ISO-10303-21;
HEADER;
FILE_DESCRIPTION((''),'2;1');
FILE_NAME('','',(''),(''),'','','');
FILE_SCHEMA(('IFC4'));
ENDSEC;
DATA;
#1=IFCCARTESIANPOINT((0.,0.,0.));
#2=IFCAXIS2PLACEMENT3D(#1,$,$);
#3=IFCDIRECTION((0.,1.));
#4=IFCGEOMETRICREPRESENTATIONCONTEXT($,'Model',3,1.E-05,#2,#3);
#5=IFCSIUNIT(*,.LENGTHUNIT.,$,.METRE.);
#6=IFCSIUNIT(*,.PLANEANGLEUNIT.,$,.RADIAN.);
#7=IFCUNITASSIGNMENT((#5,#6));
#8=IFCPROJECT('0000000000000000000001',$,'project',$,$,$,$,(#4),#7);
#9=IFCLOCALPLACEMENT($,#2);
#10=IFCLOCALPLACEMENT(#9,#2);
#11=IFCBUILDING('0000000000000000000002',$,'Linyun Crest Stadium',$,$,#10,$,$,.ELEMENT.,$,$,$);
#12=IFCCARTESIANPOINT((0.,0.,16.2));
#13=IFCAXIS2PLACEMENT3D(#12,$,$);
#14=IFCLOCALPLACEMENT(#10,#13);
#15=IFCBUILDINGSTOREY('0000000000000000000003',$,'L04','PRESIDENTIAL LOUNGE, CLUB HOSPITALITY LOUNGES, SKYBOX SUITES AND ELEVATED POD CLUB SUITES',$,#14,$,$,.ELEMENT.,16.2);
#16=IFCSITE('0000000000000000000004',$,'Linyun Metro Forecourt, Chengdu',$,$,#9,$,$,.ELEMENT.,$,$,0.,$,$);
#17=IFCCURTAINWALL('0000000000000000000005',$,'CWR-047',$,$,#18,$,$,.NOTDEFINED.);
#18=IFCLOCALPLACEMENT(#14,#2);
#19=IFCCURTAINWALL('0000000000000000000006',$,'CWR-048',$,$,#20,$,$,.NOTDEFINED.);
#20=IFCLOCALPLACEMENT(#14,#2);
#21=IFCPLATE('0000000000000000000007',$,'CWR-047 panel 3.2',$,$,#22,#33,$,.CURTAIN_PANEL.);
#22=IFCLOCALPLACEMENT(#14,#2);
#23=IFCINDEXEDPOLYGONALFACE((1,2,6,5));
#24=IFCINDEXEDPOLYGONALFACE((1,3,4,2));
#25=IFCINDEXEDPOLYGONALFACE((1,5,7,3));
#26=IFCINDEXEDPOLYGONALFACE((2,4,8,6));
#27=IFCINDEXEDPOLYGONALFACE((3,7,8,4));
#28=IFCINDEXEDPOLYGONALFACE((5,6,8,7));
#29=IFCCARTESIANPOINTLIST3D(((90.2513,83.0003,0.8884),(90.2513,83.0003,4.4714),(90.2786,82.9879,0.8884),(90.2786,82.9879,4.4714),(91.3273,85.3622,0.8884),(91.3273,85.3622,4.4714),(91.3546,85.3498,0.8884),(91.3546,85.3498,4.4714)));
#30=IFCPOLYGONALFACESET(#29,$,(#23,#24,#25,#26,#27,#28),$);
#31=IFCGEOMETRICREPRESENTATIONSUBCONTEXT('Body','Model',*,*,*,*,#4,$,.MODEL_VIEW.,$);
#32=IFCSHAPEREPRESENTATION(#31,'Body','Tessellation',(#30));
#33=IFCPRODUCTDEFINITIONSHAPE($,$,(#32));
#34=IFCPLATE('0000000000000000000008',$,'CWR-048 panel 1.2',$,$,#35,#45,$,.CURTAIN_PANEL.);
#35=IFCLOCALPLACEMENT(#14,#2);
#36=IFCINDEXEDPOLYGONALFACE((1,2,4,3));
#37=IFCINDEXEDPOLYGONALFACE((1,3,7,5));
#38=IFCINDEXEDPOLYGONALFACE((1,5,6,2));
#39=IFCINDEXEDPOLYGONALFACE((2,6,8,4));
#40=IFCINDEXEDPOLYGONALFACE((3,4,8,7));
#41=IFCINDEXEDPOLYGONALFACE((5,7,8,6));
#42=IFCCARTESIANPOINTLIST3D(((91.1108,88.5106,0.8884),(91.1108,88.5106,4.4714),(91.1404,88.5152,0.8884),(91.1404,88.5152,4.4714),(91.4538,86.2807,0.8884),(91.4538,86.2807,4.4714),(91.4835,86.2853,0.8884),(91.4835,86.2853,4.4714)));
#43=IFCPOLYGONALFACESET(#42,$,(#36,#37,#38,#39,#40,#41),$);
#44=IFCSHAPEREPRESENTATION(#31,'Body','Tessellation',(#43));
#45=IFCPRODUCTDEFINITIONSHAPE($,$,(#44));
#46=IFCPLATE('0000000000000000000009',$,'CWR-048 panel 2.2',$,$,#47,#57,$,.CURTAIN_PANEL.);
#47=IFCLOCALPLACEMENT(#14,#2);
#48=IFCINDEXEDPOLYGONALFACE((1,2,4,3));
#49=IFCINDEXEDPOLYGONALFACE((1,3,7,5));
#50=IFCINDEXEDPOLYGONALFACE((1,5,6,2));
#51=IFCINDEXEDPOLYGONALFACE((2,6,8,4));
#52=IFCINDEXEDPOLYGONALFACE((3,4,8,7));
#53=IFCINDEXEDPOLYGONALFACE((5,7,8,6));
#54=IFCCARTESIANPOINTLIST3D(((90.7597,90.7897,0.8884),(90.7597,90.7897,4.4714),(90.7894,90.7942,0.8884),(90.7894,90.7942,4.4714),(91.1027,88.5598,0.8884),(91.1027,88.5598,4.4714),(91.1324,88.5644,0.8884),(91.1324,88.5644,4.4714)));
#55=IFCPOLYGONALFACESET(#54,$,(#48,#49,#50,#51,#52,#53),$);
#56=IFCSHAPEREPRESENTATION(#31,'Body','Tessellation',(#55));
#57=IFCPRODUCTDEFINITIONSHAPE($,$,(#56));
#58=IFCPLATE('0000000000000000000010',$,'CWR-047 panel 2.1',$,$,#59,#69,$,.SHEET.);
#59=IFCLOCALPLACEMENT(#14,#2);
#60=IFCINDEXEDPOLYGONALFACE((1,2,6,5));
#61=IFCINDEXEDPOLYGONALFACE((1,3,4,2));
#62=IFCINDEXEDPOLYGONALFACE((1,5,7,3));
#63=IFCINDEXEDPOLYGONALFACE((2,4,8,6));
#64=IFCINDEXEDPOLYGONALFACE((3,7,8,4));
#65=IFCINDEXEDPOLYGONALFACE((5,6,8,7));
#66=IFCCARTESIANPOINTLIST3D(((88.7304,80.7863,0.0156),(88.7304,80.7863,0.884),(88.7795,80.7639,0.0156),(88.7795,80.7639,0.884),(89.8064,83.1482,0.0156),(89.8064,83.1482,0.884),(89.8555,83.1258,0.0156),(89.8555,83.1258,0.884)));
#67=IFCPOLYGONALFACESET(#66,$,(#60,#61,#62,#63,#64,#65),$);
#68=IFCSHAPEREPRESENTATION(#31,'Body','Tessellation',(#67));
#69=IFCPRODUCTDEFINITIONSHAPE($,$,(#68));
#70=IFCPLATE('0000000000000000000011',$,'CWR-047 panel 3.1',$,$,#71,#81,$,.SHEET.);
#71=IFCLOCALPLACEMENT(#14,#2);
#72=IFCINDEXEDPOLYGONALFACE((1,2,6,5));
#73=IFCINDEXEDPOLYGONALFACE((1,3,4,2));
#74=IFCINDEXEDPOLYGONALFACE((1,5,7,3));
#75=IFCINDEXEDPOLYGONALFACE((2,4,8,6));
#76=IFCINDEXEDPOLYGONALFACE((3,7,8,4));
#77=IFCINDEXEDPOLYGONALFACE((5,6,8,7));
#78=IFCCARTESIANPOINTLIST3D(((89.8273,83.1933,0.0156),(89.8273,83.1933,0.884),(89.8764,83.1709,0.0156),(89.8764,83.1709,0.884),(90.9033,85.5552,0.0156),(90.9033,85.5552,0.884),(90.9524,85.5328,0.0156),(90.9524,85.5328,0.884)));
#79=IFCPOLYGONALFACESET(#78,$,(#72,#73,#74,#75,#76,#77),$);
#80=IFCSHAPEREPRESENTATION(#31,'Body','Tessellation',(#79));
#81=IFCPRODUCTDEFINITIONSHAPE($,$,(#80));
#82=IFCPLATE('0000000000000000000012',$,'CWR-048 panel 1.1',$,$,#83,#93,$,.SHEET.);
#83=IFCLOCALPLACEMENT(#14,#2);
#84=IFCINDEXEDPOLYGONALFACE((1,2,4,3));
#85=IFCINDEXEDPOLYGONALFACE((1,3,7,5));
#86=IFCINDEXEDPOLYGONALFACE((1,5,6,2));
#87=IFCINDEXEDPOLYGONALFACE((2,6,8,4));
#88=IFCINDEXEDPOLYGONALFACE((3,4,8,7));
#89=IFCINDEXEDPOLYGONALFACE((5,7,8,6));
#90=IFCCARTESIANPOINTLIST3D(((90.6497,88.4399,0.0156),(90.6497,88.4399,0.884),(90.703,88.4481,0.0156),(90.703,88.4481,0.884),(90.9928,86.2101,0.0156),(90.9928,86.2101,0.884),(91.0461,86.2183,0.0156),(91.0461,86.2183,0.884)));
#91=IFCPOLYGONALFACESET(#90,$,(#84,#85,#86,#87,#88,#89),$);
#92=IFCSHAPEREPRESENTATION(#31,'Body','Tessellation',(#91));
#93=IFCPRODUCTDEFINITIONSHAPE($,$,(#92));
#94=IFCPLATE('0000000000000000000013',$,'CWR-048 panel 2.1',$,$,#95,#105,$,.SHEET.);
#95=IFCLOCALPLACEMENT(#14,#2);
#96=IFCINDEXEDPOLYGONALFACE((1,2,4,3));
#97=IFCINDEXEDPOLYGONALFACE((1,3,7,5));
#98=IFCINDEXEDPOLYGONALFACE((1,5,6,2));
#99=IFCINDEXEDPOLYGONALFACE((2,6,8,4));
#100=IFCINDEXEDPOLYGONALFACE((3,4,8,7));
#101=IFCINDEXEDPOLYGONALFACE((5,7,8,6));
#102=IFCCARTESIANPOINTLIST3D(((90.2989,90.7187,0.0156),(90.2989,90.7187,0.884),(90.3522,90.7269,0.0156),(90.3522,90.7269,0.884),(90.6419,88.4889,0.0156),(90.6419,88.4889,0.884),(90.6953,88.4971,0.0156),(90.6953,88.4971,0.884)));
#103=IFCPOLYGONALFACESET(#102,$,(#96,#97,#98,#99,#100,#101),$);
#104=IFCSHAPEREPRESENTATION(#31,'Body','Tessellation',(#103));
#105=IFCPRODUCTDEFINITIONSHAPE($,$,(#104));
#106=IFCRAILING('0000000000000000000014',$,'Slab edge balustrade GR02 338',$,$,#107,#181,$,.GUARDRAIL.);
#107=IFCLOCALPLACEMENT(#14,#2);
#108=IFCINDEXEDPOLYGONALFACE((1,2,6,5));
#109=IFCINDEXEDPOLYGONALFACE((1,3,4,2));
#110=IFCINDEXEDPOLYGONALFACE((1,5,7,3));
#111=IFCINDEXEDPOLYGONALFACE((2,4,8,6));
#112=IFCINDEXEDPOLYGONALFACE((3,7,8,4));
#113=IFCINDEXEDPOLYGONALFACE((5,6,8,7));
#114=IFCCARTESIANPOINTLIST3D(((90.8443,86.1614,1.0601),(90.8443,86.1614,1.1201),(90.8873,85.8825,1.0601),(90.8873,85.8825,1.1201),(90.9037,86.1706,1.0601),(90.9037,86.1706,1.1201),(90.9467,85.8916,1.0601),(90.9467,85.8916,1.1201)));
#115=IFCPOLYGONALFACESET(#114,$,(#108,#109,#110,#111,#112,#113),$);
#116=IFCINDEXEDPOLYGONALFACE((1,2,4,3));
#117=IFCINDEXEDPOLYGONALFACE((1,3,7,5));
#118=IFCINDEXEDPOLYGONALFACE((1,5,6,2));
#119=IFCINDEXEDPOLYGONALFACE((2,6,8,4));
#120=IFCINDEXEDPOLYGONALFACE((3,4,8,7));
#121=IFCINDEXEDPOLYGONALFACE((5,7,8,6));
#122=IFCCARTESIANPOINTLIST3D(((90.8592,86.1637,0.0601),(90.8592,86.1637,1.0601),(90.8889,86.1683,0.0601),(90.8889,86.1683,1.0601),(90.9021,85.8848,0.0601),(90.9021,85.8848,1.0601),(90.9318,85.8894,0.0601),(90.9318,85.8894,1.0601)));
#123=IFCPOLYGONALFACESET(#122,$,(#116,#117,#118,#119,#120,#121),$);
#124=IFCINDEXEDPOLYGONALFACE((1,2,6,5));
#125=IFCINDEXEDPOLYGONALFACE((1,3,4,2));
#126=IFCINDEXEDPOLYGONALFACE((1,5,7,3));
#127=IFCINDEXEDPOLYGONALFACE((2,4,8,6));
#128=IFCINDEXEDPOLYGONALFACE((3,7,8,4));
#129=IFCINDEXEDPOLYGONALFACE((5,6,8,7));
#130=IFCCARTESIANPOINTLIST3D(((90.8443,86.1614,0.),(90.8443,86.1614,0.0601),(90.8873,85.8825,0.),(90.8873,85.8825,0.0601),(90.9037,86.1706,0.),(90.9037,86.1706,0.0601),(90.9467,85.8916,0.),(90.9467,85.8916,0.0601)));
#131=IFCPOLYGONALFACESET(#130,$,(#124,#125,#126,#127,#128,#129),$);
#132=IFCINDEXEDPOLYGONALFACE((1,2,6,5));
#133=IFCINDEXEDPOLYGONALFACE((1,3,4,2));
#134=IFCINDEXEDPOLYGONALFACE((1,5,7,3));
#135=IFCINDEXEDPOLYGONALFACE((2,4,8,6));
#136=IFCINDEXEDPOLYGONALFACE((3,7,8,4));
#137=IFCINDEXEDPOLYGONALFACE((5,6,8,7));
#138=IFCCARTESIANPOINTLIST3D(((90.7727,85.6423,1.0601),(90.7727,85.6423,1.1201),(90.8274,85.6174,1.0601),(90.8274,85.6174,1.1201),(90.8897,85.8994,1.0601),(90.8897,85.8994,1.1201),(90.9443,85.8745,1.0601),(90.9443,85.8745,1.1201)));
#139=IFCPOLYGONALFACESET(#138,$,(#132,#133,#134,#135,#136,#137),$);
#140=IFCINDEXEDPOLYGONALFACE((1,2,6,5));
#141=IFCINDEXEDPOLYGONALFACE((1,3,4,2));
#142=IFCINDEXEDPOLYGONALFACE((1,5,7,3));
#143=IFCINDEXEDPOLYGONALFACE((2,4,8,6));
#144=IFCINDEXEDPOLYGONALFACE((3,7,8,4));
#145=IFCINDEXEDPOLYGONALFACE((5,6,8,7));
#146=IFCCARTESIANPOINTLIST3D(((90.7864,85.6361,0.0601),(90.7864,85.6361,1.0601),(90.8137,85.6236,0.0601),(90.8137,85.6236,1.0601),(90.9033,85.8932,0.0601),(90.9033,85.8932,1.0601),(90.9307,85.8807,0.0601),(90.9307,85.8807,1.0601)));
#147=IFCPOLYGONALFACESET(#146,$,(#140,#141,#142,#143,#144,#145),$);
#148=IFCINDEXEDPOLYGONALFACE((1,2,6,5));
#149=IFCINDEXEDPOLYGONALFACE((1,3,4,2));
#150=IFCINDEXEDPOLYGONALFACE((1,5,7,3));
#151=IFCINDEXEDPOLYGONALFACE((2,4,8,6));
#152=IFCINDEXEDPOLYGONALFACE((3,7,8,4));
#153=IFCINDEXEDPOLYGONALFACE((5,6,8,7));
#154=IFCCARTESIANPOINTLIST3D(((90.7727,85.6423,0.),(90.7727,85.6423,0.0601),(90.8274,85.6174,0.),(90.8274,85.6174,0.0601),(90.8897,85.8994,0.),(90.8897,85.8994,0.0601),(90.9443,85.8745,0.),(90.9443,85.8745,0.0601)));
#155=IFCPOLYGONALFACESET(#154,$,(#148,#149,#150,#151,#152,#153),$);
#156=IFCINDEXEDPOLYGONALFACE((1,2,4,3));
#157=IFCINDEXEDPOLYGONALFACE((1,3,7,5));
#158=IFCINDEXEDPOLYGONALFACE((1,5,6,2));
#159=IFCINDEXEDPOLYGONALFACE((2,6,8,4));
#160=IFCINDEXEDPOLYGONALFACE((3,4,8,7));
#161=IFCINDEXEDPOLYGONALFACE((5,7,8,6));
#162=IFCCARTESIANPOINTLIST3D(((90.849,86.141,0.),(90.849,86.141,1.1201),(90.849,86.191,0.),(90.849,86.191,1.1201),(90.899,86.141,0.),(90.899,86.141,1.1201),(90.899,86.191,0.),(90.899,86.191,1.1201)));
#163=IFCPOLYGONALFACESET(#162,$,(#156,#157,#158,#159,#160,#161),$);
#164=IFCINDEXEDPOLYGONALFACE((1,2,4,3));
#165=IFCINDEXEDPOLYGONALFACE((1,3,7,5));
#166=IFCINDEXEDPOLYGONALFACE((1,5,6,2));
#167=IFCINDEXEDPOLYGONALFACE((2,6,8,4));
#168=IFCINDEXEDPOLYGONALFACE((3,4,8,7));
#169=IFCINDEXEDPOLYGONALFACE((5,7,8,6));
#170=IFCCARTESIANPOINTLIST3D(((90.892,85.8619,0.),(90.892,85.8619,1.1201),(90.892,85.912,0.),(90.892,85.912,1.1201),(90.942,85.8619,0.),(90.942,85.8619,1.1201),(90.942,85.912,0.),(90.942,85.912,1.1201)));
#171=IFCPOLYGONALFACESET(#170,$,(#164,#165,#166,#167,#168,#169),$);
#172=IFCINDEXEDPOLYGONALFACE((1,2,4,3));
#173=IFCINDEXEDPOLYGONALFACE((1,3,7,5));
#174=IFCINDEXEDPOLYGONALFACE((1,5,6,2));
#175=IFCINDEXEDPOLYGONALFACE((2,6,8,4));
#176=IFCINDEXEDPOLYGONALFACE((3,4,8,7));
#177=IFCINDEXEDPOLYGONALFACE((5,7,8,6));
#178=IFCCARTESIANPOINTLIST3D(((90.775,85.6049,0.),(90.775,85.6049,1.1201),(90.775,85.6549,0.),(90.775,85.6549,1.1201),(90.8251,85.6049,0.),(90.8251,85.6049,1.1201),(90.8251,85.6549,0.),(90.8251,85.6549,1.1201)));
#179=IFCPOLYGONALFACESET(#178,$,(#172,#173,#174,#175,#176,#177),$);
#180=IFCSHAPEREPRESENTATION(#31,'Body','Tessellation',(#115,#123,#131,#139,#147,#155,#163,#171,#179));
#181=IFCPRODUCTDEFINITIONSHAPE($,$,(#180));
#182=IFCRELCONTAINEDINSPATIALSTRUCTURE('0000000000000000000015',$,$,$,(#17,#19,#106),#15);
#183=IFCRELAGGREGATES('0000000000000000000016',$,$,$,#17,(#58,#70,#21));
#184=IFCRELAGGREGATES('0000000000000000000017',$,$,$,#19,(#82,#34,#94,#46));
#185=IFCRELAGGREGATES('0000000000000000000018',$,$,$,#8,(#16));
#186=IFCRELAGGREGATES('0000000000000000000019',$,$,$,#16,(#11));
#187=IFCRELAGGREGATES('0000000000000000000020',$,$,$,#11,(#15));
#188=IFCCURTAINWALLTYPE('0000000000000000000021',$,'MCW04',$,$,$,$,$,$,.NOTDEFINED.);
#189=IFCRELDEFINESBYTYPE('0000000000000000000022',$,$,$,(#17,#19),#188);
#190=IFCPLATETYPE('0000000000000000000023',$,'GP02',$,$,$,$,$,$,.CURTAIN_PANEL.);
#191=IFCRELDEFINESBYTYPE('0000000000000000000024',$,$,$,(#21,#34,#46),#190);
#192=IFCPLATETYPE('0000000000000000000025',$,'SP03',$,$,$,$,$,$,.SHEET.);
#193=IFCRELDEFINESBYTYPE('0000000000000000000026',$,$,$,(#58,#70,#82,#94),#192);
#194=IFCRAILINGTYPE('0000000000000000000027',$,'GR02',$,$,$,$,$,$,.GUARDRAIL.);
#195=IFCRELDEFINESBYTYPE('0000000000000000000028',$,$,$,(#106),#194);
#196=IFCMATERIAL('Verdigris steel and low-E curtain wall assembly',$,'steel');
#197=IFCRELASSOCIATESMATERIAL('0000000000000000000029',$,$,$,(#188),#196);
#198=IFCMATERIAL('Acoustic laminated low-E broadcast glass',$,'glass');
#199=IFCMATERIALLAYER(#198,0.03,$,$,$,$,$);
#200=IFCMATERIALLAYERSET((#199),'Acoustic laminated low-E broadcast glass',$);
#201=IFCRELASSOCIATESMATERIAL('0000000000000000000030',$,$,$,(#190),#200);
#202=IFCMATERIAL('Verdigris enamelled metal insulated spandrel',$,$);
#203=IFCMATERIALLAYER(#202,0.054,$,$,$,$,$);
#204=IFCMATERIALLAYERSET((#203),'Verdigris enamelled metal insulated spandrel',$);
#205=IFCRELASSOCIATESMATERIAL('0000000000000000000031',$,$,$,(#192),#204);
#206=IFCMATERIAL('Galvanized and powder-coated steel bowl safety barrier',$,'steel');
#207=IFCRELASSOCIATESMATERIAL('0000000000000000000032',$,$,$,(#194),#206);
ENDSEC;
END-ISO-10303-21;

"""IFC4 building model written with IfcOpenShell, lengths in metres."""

from ifc_helpers import new_model, si_unit, direction, frame, origin, origin_2d, place, context, subcontext, project, spatial, rectangle, extrude, material, layer, layer_set, type_object, element, aggregate, save


model = new_model("IFC4")

# Units and contexts
model_context = context("Model", 3, precision=1e-05, world=origin(), true_north=direction((0.0, 1.0)))
body_context = subcontext(model_context, "Body", "Model", "MODEL_VIEW")
ifc_project = project(units=[si_unit("LENGTHUNIT", "METRE"), si_unit("PLANEANGLEUNIT", "RADIAN")], contexts=[model_context])

# Site, building, storey
site_placement = place(None, origin())
site = spatial("IfcSite", under=ifc_project, at=site_placement, Name="Linyun Metro Forecourt, Chengdu", CompositionType="ELEMENT", RefElevation=0.0)
building_placement = place(site_placement, origin())
building = spatial("IfcBuilding", under=site, at=building_placement, Name="Linyun Crest Stadium", CompositionType="ELEMENT")
storey_placement = place(building_placement, frame((0.0, 0.0, 16.2)))
storey = spatial("IfcBuildingStorey", under=building, at=storey_placement, Name="L04", Description="PRESIDENTIAL LOUNGE, CLUB HOSPITALITY LOUNGES, SKYBOX SUITES AND ELEVATED POD CLUB SUITES", CompositionType="ELEMENT", Elevation=16.2)

# Curtain walls
ifc_material_1 = material(Name="Verdigris steel and low-E curtain wall assembly", Category="steel")
curtain_wall_type = type_object("IfcCurtainWallType", Name="MCW04", PredefinedType="NOTDEFINED", material=ifc_material_1)
curtain_wall_1_placement = place(storey_placement, origin())
curtain_wall_1 = element("IfcCurtainWall", 1, at=curtain_wall_1_placement, inside=storey, type_object=curtain_wall_type, Name="CWR-047", PredefinedType="NOTDEFINED")
curtain_wall_2_placement = place(storey_placement, origin())
curtain_wall_2 = element("IfcCurtainWall", 2, at=curtain_wall_2_placement, inside=storey, type_object=curtain_wall_type, Name="CWR-048", PredefinedType="NOTDEFINED")

# Plates
ifc_material_2 = material(Name="Acoustic laminated low-E broadcast glass", Category="glass")
ifc_layer_1 = layer(ifc_material_2, 0.03)
ifc_layer_set_1 = layer_set([ifc_layer_1], Name="Acoustic laminated low-E broadcast glass")
plate_type_1 = type_object("IfcPlateType", Name="GP02", PredefinedType="CURTAIN_PANEL", material=ifc_layer_set_1)
plate_1_placement = place(storey_placement, frame((90.803, 84.175, 0.8884), z_axis=(0.0, 0.0, 1.0), x_axis=(0.414566, 0.910019, 0.0)))
plate_1 = element("IfcPlate", 3, at=plate_1_placement, type_object=plate_type_1, Name="CWR-047 panel 3.2", PredefinedType="CURTAIN_PANEL", context=body_context, shape_type="SweptSolid", body=[
    extrude(rectangle(XDim=2.5955, YDim=0.03, at=origin_2d()), origin(), (0.0, 0.0, 1.0), 3.583),
])
plate_2_placement = place(storey_placement, frame((91.2971, 87.3979, 0.8884), z_axis=(0.0, 0.0, 1.0), x_axis=(-0.152054, 0.988372, 0.0)))
plate_2 = element("IfcPlate", 4, at=plate_2_placement, type_object=plate_type_1, Name="CWR-048 panel 1.2", PredefinedType="CURTAIN_PANEL", context=body_context, shape_type="SweptSolid", body=[
    extrude(rectangle(XDim=2.2561, YDim=0.03, at=origin_2d()), origin(), (0.0, 0.0, 1.0), 3.583),
])
plate_3_placement = place(storey_placement, frame((90.946, 89.677, 0.8884), z_axis=(0.0, 0.0, 1.0), x_axis=(-0.152054, 0.988372, 0.0)))
plate_3 = element("IfcPlate", 5, at=plate_3_placement, type_object=plate_type_1, Name="CWR-048 panel 2.2", PredefinedType="CURTAIN_PANEL", context=body_context, shape_type="SweptSolid", body=[
    extrude(rectangle(XDim=2.2561, YDim=0.03, at=origin_2d()), origin(), (0.0, 0.0, 1.0), 3.583),
])
ifc_material_3 = material(Name="Verdigris enamelled metal insulated spandrel")
ifc_layer_2 = layer(ifc_material_3, 0.054)
ifc_layer_set_2 = layer_set([ifc_layer_2], Name="Verdigris enamelled metal insulated spandrel")
plate_type_2 = type_object("IfcPlateType", Name="SP03", PredefinedType="SHEET", material=ifc_layer_set_2)
plate_4_placement = place(storey_placement, frame((89.293, 81.9561, 0.0156), z_axis=(0.0, 0.0, 1.0), x_axis=(0.414566, 0.910019, 0.0)))
plate_4 = element("IfcPlate", 6, at=plate_4_placement, type_object=plate_type_2, Name="CWR-047 panel 2.1", PredefinedType="SHEET", context=body_context, shape_type="SweptSolid", body=[
    extrude(rectangle(XDim=2.5955, YDim=0.054, at=origin_2d()), origin(), (0.0, 0.0, 1.0), 0.8684),
])
plate_5_placement = place(storey_placement, frame((90.3899, 84.363, 0.0156), z_axis=(0.0, 0.0, 1.0), x_axis=(0.414566, 0.910019, 0.0)))
plate_5 = element("IfcPlate", 7, at=plate_5_placement, type_object=plate_type_2, Name="CWR-047 panel 3.1", PredefinedType="SHEET", context=body_context, shape_type="SweptSolid", body=[
    extrude(rectangle(XDim=2.5955, YDim=0.054, at=origin_2d()), origin(), (0.0, 0.0, 1.0), 0.8684),
])
aggregate(curtain_wall_1, [plate_4, plate_5, plate_1])
plate_6_placement = place(storey_placement, frame((90.8479, 87.3291, 0.0156), z_axis=(0.0, 0.0, 1.0), x_axis=(-0.152054, 0.988372, 0.0)))
plate_6 = element("IfcPlate", 8, at=plate_6_placement, type_object=plate_type_2, Name="CWR-048 panel 1.1", PredefinedType="SHEET", context=body_context, shape_type="SweptSolid", body=[
    extrude(rectangle(XDim=2.2561, YDim=0.054, at=origin_2d()), origin(), (0.0, 0.0, 1.0), 0.8684),
])
plate_7_placement = place(storey_placement, frame((90.4971, 89.6079, 0.0156), z_axis=(0.0, 0.0, 1.0), x_axis=(-0.152054, 0.988372, 0.0)))
plate_7 = element("IfcPlate", 9, at=plate_7_placement, type_object=plate_type_2, Name="CWR-048 panel 2.1", PredefinedType="SHEET", context=body_context, shape_type="SweptSolid", body=[
    extrude(rectangle(XDim=2.2561, YDim=0.054, at=origin_2d()), origin(), (0.0, 0.0, 1.0), 0.8684),
])
aggregate(curtain_wall_2, [plate_6, plate_2, plate_7, plate_3])

# Railing
ifc_material_4 = material(Name="Galvanized and powder-coated steel bowl safety barrier", Category="steel")
railing_type = type_object("IfcRailingType", Name="GR02", PredefinedType="GUARDRAIL", material=ifc_material_4)
railing_placement = place(storey_placement, frame((90.874, 86.166, 0.0)))
element("IfcRailing", 10, at=railing_placement, inside=storey, type_object=railing_type, Name="Slab edge balustrade GR02 338", PredefinedType="GUARDRAIL", context=body_context, shape_type="SweptSolid", body=[
    extrude(rectangle(XDim=0.0601, YDim=0.0601, at=origin_2d()), frame((0.0, 0.0, 1.0901), z_axis=(0.152187, -0.988352, 0.0), x_axis=(0.988352, 0.152187, 0.0)), (0.0, 0.0, 1.0), 0.2822),
    extrude(rectangle(XDim=0.03, YDim=1.0, at=origin_2d()), frame((0.0, 0.0, 0.5601), z_axis=(0.152187, -0.988352, 0.0), x_axis=(0.988352, 0.152187, 0.0)), (0.0, 0.0, 1.0), 0.2822),
    extrude(rectangle(XDim=0.0601, YDim=0.0601, at=origin_2d()), frame((0.0, 0.0, 0.03), z_axis=(0.152187, -0.988352, 0.0), x_axis=(0.988352, 0.152187, 0.0)), (0.0, 0.0, 1.0), 0.2822),
    extrude(rectangle(XDim=0.0601, YDim=0.0601, at=origin_2d()), frame((0.043, -0.2791, 1.0901), z_axis=(-0.414063, -0.910248, 0.0), x_axis=(0.910248, -0.414063, 0.0)), (0.0, 0.0, 1.0), 0.2825),
    extrude(rectangle(XDim=0.03, YDim=1.0, at=origin_2d()), frame((0.043, -0.2791, 0.5601), z_axis=(-0.414063, -0.910248, 0.0), x_axis=(0.910248, -0.414063, 0.0)), (0.0, 0.0, 1.0), 0.2825),
    extrude(rectangle(XDim=0.0601, YDim=0.0601, at=origin_2d()), frame((0.043, -0.2791, 0.03), z_axis=(-0.414063, -0.910248, 0.0), x_axis=(0.910248, -0.414063, 0.0)), (0.0, 0.0, 1.0), 0.2825),
    extrude(rectangle(XDim=0.05, YDim=0.05, at=origin_2d()), origin(), (0.0, 0.0, 1.0), 1.1201),
    extrude(rectangle(XDim=0.05, YDim=0.05, at=origin_2d()), frame((0.043, -0.2791, 0.0)), (0.0, 0.0, 1.0), 1.1201),
    extrude(rectangle(XDim=0.05, YDim=0.05, at=origin_2d()), frame((-0.074, -0.5361, 0.0)), (0.0, 0.0, 1.0), 1.1201),
])

save(model, "model.ifc")
